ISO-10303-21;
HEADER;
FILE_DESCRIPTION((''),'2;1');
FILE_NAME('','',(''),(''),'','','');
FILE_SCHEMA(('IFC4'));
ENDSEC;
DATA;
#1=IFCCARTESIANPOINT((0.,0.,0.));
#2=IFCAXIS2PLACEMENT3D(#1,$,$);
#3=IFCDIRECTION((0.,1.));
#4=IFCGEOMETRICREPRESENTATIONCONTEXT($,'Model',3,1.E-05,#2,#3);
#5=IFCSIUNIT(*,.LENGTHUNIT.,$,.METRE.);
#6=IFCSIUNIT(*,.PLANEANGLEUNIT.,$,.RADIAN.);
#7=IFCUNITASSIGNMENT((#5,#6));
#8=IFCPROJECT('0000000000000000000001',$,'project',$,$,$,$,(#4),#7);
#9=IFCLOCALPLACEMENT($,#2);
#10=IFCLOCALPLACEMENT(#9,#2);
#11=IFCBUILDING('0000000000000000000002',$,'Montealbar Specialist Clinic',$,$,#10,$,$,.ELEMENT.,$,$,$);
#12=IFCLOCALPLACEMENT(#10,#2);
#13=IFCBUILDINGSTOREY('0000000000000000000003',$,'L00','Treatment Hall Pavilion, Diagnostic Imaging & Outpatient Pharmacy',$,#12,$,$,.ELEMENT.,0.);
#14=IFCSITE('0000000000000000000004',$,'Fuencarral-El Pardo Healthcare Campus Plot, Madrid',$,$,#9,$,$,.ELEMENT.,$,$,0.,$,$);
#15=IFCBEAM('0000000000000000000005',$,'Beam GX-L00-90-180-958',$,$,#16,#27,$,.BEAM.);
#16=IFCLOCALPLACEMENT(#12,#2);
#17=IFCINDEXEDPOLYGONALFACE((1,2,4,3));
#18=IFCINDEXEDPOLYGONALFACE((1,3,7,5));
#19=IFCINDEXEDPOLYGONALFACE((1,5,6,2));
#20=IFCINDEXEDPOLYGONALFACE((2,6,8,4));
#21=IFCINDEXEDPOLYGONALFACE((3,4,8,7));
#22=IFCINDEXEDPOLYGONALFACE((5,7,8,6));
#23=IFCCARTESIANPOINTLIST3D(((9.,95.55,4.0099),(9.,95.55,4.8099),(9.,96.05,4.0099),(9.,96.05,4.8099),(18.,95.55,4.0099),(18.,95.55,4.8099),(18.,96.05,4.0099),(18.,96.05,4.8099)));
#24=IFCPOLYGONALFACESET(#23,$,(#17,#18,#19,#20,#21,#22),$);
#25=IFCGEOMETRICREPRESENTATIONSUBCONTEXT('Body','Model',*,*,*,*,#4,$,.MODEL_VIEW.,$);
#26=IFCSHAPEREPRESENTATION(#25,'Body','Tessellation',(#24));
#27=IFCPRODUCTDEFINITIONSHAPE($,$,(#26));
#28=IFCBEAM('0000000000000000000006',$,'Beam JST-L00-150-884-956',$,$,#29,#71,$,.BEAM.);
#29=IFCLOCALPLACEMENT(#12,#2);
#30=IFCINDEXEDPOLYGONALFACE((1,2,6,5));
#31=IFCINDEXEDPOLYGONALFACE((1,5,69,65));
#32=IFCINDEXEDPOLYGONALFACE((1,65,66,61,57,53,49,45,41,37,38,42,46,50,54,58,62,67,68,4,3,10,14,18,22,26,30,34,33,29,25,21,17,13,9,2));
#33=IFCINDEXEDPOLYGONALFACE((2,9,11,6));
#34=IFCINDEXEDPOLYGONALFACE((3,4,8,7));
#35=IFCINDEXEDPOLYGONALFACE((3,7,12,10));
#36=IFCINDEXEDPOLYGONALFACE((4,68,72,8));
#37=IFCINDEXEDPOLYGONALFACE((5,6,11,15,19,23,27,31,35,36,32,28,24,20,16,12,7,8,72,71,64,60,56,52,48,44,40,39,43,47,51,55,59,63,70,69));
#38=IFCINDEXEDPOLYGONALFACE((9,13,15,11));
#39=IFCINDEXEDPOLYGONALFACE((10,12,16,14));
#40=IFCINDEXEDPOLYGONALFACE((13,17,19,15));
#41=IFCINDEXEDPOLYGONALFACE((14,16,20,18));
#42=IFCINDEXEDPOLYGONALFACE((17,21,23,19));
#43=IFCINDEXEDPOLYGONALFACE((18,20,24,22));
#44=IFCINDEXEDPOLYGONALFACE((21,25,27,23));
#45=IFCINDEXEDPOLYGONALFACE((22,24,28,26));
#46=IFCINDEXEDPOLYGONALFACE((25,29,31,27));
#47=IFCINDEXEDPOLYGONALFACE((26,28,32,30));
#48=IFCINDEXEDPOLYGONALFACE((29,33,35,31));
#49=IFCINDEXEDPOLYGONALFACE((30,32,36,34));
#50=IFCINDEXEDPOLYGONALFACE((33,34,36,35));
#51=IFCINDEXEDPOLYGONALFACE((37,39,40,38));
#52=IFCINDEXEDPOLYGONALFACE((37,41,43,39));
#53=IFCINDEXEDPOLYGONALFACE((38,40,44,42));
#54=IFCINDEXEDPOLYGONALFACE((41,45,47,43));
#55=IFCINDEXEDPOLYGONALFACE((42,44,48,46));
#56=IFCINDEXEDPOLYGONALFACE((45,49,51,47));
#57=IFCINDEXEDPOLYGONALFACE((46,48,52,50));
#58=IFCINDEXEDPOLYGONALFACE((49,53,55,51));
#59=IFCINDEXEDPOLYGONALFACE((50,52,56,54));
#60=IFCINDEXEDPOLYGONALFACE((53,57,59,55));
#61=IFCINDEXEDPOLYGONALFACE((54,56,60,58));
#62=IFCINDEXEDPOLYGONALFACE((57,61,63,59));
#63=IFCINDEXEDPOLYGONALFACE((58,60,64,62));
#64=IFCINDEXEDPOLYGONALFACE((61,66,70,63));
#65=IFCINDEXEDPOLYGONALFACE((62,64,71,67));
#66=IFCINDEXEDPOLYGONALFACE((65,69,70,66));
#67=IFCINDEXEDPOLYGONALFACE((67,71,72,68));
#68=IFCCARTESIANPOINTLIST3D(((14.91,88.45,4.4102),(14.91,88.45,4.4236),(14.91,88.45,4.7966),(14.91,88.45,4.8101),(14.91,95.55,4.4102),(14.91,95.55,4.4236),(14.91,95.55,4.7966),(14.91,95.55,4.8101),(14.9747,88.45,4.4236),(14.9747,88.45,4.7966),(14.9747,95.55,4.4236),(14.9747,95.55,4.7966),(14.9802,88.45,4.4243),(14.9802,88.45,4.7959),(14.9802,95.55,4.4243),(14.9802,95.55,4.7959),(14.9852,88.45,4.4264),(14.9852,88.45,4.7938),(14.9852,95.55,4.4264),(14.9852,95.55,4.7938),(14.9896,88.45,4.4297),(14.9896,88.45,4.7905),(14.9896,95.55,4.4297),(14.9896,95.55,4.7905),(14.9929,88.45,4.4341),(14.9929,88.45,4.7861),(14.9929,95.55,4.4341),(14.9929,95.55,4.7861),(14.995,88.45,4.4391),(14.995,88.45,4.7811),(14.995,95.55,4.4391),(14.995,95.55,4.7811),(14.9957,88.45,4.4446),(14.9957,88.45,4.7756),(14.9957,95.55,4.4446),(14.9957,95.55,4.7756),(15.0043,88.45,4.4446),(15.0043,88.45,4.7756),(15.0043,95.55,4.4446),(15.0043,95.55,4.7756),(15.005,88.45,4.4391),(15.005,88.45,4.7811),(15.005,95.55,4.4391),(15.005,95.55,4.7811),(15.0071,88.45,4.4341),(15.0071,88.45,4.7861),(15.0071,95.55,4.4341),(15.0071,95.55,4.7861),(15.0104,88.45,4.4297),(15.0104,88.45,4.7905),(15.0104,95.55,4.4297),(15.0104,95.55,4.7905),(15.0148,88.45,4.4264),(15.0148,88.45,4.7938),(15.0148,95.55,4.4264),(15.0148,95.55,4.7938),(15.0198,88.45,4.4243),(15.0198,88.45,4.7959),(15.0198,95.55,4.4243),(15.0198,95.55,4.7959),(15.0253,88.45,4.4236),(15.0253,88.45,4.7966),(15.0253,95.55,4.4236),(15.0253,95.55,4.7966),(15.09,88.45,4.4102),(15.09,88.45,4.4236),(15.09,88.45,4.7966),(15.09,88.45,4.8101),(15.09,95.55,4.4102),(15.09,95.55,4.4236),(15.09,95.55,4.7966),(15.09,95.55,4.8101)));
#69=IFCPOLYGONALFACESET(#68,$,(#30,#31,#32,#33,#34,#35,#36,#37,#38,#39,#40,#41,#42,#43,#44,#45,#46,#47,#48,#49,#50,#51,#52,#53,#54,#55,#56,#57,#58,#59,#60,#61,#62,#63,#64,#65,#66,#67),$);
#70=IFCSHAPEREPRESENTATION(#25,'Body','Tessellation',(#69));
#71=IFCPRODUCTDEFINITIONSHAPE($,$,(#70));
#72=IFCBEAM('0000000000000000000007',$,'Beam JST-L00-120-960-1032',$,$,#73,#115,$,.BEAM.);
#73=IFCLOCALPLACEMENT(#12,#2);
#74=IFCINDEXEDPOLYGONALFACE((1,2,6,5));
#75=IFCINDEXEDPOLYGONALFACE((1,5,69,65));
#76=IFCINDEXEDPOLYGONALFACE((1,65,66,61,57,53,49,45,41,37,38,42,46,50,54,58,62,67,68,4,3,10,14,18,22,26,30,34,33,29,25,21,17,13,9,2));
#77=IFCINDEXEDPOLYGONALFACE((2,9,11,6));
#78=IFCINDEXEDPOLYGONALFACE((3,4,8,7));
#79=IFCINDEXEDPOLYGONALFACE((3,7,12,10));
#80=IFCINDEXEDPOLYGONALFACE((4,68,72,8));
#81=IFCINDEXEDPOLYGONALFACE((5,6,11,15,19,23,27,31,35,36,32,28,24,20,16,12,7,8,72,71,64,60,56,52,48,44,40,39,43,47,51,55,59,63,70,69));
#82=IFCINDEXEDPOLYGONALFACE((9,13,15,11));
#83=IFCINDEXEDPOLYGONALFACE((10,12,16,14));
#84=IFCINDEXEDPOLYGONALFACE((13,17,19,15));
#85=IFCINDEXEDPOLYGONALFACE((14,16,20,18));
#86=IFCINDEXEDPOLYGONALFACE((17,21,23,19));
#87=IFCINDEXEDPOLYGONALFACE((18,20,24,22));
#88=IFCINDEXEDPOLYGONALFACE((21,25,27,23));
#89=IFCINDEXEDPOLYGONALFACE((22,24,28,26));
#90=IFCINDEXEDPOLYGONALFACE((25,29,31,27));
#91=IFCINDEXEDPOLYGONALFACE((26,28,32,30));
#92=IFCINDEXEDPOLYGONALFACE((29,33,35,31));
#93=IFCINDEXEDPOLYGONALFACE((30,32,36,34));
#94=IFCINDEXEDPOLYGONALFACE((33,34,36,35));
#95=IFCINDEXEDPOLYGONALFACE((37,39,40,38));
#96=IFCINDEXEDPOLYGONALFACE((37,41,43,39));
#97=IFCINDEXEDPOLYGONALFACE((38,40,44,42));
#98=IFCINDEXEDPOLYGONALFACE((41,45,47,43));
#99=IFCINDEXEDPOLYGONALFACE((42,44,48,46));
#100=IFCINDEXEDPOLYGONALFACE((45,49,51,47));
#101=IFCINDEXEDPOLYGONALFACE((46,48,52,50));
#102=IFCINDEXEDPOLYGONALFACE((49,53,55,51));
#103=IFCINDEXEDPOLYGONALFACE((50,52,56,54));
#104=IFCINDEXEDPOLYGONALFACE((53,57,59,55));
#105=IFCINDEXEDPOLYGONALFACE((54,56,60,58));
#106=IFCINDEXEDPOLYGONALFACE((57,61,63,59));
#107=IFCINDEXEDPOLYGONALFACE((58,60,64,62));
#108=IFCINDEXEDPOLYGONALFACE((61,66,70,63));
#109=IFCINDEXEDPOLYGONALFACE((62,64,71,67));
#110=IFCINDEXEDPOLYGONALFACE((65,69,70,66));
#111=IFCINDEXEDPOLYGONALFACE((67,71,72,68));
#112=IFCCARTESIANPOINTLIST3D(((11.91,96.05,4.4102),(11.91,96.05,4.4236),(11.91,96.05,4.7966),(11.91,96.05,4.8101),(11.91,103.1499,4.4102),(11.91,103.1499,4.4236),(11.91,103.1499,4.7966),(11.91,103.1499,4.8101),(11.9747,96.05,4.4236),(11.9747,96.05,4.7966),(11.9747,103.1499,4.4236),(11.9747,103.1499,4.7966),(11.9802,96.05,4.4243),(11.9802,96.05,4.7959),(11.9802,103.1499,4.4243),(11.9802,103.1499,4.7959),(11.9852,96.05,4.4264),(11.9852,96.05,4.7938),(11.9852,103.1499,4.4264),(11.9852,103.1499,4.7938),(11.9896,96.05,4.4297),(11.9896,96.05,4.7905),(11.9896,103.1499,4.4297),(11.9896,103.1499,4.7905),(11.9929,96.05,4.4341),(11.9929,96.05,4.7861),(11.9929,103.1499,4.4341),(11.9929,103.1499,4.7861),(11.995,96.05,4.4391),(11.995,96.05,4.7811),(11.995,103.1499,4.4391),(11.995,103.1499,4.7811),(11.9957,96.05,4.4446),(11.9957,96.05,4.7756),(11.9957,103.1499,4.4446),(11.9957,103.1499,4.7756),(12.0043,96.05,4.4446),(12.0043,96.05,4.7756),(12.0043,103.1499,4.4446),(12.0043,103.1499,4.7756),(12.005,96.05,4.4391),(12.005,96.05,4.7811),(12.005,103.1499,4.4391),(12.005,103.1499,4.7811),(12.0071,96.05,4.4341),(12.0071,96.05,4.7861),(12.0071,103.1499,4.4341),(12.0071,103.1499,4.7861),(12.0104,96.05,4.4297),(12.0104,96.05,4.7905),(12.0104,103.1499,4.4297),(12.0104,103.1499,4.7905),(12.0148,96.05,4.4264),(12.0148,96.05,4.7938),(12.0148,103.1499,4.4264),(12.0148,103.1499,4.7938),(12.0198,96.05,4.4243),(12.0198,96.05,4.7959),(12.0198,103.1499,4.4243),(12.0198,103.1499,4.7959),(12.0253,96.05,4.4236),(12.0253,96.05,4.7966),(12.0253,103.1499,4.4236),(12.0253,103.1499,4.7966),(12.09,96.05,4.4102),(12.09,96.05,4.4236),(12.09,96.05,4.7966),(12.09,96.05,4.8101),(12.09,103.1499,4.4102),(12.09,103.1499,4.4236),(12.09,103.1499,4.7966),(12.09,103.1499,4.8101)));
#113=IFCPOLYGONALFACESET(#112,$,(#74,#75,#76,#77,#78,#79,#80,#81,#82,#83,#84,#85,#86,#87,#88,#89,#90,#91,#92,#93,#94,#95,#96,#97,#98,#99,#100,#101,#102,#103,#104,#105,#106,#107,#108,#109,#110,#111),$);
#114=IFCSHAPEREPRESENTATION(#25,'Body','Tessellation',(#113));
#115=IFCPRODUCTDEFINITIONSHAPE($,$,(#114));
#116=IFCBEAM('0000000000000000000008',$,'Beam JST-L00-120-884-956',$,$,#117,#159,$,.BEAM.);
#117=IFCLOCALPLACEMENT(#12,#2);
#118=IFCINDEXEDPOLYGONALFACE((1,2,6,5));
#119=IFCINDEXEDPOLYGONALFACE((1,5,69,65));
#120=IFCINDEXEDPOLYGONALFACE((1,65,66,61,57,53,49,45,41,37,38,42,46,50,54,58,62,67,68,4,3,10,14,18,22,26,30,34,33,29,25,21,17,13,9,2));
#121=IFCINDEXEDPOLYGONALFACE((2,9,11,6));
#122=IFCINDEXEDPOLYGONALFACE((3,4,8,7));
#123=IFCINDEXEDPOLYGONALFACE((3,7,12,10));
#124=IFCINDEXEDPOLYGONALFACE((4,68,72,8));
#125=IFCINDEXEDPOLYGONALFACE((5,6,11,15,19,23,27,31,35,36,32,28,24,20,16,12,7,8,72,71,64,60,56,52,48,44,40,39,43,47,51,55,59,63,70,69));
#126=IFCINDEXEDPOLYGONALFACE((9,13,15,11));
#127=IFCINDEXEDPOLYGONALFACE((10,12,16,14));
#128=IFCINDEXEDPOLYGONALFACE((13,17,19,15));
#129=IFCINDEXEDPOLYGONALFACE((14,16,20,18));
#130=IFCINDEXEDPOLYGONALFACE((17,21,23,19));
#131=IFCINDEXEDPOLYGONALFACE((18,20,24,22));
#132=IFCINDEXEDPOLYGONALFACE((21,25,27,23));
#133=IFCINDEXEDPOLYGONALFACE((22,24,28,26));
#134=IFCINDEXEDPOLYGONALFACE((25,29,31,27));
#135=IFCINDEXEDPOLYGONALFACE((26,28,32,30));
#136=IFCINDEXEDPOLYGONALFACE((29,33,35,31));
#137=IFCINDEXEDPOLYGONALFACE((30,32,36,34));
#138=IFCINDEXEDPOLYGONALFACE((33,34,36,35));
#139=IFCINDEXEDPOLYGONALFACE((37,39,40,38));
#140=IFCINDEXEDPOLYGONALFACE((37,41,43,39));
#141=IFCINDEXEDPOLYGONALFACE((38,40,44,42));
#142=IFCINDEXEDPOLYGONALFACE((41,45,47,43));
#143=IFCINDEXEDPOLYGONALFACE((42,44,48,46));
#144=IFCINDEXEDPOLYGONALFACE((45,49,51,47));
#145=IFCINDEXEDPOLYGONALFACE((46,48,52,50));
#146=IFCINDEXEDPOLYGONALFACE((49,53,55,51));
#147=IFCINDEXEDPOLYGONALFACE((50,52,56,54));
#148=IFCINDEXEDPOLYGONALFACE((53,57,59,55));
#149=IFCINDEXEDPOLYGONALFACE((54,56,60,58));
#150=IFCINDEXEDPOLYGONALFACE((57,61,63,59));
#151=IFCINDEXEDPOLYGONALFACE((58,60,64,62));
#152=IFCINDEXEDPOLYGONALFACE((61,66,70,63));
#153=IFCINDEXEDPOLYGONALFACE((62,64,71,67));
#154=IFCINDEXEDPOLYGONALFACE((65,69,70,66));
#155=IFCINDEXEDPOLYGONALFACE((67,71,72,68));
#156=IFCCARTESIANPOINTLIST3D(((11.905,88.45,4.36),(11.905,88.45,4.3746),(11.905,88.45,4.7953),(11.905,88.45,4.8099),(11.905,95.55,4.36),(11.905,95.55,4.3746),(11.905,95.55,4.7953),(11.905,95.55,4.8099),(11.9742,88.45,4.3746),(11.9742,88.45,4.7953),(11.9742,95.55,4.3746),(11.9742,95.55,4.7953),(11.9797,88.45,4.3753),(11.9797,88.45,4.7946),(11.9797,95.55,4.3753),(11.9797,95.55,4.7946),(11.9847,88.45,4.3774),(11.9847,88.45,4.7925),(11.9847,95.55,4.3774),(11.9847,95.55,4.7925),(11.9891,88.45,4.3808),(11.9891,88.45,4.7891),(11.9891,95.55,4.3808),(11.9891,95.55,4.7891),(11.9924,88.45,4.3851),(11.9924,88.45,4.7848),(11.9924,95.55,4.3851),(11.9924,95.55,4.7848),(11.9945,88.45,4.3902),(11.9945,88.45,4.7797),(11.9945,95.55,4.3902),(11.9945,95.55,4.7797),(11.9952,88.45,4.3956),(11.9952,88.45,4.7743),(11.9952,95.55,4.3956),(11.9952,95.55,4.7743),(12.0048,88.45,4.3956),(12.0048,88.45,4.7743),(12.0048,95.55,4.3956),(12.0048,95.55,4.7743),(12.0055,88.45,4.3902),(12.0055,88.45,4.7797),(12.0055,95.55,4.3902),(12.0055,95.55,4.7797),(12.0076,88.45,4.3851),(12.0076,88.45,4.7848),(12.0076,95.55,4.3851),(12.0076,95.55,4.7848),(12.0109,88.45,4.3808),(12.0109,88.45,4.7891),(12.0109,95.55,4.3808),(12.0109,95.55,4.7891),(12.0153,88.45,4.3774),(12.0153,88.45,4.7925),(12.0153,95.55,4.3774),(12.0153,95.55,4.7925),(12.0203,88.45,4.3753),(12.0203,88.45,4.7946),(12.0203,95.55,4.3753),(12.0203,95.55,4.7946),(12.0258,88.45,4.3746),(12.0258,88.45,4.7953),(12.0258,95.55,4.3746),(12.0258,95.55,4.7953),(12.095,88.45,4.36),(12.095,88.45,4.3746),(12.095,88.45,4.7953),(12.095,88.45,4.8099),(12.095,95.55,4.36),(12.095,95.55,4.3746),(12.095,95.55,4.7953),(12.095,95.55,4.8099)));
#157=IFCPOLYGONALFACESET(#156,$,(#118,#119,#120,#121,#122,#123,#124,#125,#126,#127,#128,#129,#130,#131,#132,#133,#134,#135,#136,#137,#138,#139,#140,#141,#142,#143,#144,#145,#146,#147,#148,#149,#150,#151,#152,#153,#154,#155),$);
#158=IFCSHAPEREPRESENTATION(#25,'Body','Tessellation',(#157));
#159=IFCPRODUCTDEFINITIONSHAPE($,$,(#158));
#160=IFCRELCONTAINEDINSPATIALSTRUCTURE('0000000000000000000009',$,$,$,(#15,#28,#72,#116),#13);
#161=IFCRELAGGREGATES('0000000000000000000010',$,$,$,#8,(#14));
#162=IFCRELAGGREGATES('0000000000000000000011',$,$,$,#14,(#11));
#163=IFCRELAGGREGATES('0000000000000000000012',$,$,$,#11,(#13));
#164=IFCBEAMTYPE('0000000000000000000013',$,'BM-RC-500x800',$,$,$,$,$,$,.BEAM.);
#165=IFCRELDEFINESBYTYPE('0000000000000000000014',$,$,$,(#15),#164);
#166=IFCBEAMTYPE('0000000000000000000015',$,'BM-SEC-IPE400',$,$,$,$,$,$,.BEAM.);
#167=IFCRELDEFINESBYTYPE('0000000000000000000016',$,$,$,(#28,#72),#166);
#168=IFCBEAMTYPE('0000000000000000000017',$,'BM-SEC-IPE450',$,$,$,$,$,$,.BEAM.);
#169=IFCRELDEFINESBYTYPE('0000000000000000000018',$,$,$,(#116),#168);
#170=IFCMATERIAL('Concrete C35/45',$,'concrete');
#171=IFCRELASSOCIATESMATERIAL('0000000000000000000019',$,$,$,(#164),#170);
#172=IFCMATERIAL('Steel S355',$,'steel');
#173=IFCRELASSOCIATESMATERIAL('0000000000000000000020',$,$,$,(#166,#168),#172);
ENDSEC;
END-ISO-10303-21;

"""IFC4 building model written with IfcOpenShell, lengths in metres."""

from ifc_helpers import new_model, si_unit, direction, frame, origin, origin_2d, place, context, subcontext, project, spatial, rectangle, i_section, extrude, material, material_profile, profile_set, type_object, element, save


model = new_model("IFC4")

# Units and contexts
model_context = context("Model", 3, precision=1e-05, world=origin(), true_north=direction((0.0, 1.0)))
body_context = subcontext(model_context, "Body", "Model", "MODEL_VIEW")
ifc_project = project(units=[si_unit("LENGTHUNIT", "METRE"), si_unit("PLANEANGLEUNIT", "RADIAN")], contexts=[model_context])

# Site, building, storey
site_placement = place(None, origin())
site = spatial("IfcSite", under=ifc_project, at=site_placement, Name="Fuencarral-El Pardo Healthcare Campus Plot, Madrid", CompositionType="ELEMENT", RefElevation=0.0)
building_placement = place(site_placement, origin())
building = spatial("IfcBuilding", under=site, at=building_placement, Name="Montealbar Specialist Clinic", CompositionType="ELEMENT")
storey_placement = place(building_placement, origin())
storey = spatial("IfcBuildingStorey", under=building, at=storey_placement, Name="L00", Description="Treatment Hall Pavilion, Diagnostic Imaging & Outpatient Pharmacy", CompositionType="ELEMENT", Elevation=0.0)

# Shared definitions
ifc_material_1 = material(Name="Concrete C35/45", Category="concrete")

# Beams
ifc_material_2 = material(Name="Steel S355", Category="steel")
ifc_material_profile_1 = material_profile(ifc_material_1, rectangle(XDim=0.5, YDim=0.8, at=origin_2d()), Name="RC 500x800", Category="concrete")
ifc_profile_set_1 = profile_set([ifc_material_profile_1], Name="Concrete C35/45")
beam_type_1 = type_object("IfcBeamType", Name="BM-RC-500x800", PredefinedType="BEAM", material=ifc_profile_set_1)
for number, where, z_axis, x_axis, name in (
    (1, (9.0, 95.8, 4.4099), (1.0, 0.0, 0.0), (0.0, 1.0, 0.0), "Beam GX-L00-90-180-958"),
):
    element("IfcBeam", number, at=place(storey_placement, frame(where, z_axis=z_axis, x_axis=x_axis)), inside=storey, type_object=beam_type_1, Name=name, PredefinedType="BEAM", context=body_context, shape_type="SweptSolid", body=[
        extrude(rectangle(XDim=0.5, YDim=0.8, at=origin_2d()), origin(), (0.0, 0.0, 1.0), 9.0),
    ])
ifc_material_profile_2 = material_profile(ifc_material_2, i_section(OverallWidth=0.1799, OverallDepth=0.3999, WebThickness=0.0085, FlangeThickness=0.0134, FilletRadius=0.021, at=origin_2d()), Name="IPE 400", Category="steel")
ifc_profile_set_2 = profile_set([ifc_material_profile_2], Name="Steel S355")
beam_type_2 = type_object("IfcBeamType", Name="BM-SEC-IPE400", PredefinedType="BEAM", material=ifc_profile_set_2)
beam_1_placement = place(storey_placement, frame((15.0, 88.45, 4.6101), z_axis=(0.0, 1.0, 0.0), x_axis=(-1.0, 0.0, 0.0)))
element("IfcBeam", 2, at=beam_1_placement, inside=storey, type_object=beam_type_2, Name="Beam JST-L00-150-884-956", PredefinedType="BEAM", context=body_context, shape_type="SweptSolid", body=[
    extrude(i_section(OverallWidth=0.1799, OverallDepth=0.3999, WebThickness=0.0085, FlangeThickness=0.0134, FilletRadius=0.021, at=origin_2d()), origin(), (0.0, 0.0, 1.0), 7.1001),
])
beam_2_placement = place(storey_placement, frame((12.0, 96.05, 4.6101), z_axis=(0.0, 1.0, 0.0), x_axis=(-1.0, 0.0, 0.0)))
element("IfcBeam", 3, at=beam_2_placement, inside=storey, type_object=beam_type_2, Name="Beam JST-L00-120-960-1032", PredefinedType="BEAM", context=body_context, shape_type="SweptSolid", body=[
    extrude(i_section(OverallWidth=0.1799, OverallDepth=0.3999, WebThickness=0.0085, FlangeThickness=0.0134, FilletRadius=0.021, at=origin_2d()), origin(), (0.0, 0.0, 1.0), 7.0999),
])
ifc_material_profile_3 = material_profile(ifc_material_2, i_section(OverallWidth=0.1899, OverallDepth=0.45, WebThickness=0.0095, FlangeThickness=0.0146, FilletRadius=0.021, at=origin_2d()), Name="IPE 450", Category="steel")
ifc_profile_set_3 = profile_set([ifc_material_profile_3], Name="Steel S355")
beam_type_3 = type_object("IfcBeamType", Name="BM-SEC-IPE450", PredefinedType="BEAM", material=ifc_profile_set_3)
beam_3_placement = place(storey_placement, frame((12.0, 88.45, 4.585), z_axis=(0.0, 1.0, 0.0), x_axis=(-1.0, 0.0, 0.0)))
element("IfcBeam", 4, at=beam_3_placement, inside=storey, type_object=beam_type_3, Name="Beam JST-L00-120-884-956", PredefinedType="BEAM", context=body_context, shape_type="SweptSolid", body=[
    extrude(i_section(OverallWidth=0.1899, OverallDepth=0.45, WebThickness=0.0095, FlangeThickness=0.0146, FilletRadius=0.021, at=origin_2d()), origin(), (0.0, 0.0, 1.0), 7.1001),
])

save(model, "model.ifc")
